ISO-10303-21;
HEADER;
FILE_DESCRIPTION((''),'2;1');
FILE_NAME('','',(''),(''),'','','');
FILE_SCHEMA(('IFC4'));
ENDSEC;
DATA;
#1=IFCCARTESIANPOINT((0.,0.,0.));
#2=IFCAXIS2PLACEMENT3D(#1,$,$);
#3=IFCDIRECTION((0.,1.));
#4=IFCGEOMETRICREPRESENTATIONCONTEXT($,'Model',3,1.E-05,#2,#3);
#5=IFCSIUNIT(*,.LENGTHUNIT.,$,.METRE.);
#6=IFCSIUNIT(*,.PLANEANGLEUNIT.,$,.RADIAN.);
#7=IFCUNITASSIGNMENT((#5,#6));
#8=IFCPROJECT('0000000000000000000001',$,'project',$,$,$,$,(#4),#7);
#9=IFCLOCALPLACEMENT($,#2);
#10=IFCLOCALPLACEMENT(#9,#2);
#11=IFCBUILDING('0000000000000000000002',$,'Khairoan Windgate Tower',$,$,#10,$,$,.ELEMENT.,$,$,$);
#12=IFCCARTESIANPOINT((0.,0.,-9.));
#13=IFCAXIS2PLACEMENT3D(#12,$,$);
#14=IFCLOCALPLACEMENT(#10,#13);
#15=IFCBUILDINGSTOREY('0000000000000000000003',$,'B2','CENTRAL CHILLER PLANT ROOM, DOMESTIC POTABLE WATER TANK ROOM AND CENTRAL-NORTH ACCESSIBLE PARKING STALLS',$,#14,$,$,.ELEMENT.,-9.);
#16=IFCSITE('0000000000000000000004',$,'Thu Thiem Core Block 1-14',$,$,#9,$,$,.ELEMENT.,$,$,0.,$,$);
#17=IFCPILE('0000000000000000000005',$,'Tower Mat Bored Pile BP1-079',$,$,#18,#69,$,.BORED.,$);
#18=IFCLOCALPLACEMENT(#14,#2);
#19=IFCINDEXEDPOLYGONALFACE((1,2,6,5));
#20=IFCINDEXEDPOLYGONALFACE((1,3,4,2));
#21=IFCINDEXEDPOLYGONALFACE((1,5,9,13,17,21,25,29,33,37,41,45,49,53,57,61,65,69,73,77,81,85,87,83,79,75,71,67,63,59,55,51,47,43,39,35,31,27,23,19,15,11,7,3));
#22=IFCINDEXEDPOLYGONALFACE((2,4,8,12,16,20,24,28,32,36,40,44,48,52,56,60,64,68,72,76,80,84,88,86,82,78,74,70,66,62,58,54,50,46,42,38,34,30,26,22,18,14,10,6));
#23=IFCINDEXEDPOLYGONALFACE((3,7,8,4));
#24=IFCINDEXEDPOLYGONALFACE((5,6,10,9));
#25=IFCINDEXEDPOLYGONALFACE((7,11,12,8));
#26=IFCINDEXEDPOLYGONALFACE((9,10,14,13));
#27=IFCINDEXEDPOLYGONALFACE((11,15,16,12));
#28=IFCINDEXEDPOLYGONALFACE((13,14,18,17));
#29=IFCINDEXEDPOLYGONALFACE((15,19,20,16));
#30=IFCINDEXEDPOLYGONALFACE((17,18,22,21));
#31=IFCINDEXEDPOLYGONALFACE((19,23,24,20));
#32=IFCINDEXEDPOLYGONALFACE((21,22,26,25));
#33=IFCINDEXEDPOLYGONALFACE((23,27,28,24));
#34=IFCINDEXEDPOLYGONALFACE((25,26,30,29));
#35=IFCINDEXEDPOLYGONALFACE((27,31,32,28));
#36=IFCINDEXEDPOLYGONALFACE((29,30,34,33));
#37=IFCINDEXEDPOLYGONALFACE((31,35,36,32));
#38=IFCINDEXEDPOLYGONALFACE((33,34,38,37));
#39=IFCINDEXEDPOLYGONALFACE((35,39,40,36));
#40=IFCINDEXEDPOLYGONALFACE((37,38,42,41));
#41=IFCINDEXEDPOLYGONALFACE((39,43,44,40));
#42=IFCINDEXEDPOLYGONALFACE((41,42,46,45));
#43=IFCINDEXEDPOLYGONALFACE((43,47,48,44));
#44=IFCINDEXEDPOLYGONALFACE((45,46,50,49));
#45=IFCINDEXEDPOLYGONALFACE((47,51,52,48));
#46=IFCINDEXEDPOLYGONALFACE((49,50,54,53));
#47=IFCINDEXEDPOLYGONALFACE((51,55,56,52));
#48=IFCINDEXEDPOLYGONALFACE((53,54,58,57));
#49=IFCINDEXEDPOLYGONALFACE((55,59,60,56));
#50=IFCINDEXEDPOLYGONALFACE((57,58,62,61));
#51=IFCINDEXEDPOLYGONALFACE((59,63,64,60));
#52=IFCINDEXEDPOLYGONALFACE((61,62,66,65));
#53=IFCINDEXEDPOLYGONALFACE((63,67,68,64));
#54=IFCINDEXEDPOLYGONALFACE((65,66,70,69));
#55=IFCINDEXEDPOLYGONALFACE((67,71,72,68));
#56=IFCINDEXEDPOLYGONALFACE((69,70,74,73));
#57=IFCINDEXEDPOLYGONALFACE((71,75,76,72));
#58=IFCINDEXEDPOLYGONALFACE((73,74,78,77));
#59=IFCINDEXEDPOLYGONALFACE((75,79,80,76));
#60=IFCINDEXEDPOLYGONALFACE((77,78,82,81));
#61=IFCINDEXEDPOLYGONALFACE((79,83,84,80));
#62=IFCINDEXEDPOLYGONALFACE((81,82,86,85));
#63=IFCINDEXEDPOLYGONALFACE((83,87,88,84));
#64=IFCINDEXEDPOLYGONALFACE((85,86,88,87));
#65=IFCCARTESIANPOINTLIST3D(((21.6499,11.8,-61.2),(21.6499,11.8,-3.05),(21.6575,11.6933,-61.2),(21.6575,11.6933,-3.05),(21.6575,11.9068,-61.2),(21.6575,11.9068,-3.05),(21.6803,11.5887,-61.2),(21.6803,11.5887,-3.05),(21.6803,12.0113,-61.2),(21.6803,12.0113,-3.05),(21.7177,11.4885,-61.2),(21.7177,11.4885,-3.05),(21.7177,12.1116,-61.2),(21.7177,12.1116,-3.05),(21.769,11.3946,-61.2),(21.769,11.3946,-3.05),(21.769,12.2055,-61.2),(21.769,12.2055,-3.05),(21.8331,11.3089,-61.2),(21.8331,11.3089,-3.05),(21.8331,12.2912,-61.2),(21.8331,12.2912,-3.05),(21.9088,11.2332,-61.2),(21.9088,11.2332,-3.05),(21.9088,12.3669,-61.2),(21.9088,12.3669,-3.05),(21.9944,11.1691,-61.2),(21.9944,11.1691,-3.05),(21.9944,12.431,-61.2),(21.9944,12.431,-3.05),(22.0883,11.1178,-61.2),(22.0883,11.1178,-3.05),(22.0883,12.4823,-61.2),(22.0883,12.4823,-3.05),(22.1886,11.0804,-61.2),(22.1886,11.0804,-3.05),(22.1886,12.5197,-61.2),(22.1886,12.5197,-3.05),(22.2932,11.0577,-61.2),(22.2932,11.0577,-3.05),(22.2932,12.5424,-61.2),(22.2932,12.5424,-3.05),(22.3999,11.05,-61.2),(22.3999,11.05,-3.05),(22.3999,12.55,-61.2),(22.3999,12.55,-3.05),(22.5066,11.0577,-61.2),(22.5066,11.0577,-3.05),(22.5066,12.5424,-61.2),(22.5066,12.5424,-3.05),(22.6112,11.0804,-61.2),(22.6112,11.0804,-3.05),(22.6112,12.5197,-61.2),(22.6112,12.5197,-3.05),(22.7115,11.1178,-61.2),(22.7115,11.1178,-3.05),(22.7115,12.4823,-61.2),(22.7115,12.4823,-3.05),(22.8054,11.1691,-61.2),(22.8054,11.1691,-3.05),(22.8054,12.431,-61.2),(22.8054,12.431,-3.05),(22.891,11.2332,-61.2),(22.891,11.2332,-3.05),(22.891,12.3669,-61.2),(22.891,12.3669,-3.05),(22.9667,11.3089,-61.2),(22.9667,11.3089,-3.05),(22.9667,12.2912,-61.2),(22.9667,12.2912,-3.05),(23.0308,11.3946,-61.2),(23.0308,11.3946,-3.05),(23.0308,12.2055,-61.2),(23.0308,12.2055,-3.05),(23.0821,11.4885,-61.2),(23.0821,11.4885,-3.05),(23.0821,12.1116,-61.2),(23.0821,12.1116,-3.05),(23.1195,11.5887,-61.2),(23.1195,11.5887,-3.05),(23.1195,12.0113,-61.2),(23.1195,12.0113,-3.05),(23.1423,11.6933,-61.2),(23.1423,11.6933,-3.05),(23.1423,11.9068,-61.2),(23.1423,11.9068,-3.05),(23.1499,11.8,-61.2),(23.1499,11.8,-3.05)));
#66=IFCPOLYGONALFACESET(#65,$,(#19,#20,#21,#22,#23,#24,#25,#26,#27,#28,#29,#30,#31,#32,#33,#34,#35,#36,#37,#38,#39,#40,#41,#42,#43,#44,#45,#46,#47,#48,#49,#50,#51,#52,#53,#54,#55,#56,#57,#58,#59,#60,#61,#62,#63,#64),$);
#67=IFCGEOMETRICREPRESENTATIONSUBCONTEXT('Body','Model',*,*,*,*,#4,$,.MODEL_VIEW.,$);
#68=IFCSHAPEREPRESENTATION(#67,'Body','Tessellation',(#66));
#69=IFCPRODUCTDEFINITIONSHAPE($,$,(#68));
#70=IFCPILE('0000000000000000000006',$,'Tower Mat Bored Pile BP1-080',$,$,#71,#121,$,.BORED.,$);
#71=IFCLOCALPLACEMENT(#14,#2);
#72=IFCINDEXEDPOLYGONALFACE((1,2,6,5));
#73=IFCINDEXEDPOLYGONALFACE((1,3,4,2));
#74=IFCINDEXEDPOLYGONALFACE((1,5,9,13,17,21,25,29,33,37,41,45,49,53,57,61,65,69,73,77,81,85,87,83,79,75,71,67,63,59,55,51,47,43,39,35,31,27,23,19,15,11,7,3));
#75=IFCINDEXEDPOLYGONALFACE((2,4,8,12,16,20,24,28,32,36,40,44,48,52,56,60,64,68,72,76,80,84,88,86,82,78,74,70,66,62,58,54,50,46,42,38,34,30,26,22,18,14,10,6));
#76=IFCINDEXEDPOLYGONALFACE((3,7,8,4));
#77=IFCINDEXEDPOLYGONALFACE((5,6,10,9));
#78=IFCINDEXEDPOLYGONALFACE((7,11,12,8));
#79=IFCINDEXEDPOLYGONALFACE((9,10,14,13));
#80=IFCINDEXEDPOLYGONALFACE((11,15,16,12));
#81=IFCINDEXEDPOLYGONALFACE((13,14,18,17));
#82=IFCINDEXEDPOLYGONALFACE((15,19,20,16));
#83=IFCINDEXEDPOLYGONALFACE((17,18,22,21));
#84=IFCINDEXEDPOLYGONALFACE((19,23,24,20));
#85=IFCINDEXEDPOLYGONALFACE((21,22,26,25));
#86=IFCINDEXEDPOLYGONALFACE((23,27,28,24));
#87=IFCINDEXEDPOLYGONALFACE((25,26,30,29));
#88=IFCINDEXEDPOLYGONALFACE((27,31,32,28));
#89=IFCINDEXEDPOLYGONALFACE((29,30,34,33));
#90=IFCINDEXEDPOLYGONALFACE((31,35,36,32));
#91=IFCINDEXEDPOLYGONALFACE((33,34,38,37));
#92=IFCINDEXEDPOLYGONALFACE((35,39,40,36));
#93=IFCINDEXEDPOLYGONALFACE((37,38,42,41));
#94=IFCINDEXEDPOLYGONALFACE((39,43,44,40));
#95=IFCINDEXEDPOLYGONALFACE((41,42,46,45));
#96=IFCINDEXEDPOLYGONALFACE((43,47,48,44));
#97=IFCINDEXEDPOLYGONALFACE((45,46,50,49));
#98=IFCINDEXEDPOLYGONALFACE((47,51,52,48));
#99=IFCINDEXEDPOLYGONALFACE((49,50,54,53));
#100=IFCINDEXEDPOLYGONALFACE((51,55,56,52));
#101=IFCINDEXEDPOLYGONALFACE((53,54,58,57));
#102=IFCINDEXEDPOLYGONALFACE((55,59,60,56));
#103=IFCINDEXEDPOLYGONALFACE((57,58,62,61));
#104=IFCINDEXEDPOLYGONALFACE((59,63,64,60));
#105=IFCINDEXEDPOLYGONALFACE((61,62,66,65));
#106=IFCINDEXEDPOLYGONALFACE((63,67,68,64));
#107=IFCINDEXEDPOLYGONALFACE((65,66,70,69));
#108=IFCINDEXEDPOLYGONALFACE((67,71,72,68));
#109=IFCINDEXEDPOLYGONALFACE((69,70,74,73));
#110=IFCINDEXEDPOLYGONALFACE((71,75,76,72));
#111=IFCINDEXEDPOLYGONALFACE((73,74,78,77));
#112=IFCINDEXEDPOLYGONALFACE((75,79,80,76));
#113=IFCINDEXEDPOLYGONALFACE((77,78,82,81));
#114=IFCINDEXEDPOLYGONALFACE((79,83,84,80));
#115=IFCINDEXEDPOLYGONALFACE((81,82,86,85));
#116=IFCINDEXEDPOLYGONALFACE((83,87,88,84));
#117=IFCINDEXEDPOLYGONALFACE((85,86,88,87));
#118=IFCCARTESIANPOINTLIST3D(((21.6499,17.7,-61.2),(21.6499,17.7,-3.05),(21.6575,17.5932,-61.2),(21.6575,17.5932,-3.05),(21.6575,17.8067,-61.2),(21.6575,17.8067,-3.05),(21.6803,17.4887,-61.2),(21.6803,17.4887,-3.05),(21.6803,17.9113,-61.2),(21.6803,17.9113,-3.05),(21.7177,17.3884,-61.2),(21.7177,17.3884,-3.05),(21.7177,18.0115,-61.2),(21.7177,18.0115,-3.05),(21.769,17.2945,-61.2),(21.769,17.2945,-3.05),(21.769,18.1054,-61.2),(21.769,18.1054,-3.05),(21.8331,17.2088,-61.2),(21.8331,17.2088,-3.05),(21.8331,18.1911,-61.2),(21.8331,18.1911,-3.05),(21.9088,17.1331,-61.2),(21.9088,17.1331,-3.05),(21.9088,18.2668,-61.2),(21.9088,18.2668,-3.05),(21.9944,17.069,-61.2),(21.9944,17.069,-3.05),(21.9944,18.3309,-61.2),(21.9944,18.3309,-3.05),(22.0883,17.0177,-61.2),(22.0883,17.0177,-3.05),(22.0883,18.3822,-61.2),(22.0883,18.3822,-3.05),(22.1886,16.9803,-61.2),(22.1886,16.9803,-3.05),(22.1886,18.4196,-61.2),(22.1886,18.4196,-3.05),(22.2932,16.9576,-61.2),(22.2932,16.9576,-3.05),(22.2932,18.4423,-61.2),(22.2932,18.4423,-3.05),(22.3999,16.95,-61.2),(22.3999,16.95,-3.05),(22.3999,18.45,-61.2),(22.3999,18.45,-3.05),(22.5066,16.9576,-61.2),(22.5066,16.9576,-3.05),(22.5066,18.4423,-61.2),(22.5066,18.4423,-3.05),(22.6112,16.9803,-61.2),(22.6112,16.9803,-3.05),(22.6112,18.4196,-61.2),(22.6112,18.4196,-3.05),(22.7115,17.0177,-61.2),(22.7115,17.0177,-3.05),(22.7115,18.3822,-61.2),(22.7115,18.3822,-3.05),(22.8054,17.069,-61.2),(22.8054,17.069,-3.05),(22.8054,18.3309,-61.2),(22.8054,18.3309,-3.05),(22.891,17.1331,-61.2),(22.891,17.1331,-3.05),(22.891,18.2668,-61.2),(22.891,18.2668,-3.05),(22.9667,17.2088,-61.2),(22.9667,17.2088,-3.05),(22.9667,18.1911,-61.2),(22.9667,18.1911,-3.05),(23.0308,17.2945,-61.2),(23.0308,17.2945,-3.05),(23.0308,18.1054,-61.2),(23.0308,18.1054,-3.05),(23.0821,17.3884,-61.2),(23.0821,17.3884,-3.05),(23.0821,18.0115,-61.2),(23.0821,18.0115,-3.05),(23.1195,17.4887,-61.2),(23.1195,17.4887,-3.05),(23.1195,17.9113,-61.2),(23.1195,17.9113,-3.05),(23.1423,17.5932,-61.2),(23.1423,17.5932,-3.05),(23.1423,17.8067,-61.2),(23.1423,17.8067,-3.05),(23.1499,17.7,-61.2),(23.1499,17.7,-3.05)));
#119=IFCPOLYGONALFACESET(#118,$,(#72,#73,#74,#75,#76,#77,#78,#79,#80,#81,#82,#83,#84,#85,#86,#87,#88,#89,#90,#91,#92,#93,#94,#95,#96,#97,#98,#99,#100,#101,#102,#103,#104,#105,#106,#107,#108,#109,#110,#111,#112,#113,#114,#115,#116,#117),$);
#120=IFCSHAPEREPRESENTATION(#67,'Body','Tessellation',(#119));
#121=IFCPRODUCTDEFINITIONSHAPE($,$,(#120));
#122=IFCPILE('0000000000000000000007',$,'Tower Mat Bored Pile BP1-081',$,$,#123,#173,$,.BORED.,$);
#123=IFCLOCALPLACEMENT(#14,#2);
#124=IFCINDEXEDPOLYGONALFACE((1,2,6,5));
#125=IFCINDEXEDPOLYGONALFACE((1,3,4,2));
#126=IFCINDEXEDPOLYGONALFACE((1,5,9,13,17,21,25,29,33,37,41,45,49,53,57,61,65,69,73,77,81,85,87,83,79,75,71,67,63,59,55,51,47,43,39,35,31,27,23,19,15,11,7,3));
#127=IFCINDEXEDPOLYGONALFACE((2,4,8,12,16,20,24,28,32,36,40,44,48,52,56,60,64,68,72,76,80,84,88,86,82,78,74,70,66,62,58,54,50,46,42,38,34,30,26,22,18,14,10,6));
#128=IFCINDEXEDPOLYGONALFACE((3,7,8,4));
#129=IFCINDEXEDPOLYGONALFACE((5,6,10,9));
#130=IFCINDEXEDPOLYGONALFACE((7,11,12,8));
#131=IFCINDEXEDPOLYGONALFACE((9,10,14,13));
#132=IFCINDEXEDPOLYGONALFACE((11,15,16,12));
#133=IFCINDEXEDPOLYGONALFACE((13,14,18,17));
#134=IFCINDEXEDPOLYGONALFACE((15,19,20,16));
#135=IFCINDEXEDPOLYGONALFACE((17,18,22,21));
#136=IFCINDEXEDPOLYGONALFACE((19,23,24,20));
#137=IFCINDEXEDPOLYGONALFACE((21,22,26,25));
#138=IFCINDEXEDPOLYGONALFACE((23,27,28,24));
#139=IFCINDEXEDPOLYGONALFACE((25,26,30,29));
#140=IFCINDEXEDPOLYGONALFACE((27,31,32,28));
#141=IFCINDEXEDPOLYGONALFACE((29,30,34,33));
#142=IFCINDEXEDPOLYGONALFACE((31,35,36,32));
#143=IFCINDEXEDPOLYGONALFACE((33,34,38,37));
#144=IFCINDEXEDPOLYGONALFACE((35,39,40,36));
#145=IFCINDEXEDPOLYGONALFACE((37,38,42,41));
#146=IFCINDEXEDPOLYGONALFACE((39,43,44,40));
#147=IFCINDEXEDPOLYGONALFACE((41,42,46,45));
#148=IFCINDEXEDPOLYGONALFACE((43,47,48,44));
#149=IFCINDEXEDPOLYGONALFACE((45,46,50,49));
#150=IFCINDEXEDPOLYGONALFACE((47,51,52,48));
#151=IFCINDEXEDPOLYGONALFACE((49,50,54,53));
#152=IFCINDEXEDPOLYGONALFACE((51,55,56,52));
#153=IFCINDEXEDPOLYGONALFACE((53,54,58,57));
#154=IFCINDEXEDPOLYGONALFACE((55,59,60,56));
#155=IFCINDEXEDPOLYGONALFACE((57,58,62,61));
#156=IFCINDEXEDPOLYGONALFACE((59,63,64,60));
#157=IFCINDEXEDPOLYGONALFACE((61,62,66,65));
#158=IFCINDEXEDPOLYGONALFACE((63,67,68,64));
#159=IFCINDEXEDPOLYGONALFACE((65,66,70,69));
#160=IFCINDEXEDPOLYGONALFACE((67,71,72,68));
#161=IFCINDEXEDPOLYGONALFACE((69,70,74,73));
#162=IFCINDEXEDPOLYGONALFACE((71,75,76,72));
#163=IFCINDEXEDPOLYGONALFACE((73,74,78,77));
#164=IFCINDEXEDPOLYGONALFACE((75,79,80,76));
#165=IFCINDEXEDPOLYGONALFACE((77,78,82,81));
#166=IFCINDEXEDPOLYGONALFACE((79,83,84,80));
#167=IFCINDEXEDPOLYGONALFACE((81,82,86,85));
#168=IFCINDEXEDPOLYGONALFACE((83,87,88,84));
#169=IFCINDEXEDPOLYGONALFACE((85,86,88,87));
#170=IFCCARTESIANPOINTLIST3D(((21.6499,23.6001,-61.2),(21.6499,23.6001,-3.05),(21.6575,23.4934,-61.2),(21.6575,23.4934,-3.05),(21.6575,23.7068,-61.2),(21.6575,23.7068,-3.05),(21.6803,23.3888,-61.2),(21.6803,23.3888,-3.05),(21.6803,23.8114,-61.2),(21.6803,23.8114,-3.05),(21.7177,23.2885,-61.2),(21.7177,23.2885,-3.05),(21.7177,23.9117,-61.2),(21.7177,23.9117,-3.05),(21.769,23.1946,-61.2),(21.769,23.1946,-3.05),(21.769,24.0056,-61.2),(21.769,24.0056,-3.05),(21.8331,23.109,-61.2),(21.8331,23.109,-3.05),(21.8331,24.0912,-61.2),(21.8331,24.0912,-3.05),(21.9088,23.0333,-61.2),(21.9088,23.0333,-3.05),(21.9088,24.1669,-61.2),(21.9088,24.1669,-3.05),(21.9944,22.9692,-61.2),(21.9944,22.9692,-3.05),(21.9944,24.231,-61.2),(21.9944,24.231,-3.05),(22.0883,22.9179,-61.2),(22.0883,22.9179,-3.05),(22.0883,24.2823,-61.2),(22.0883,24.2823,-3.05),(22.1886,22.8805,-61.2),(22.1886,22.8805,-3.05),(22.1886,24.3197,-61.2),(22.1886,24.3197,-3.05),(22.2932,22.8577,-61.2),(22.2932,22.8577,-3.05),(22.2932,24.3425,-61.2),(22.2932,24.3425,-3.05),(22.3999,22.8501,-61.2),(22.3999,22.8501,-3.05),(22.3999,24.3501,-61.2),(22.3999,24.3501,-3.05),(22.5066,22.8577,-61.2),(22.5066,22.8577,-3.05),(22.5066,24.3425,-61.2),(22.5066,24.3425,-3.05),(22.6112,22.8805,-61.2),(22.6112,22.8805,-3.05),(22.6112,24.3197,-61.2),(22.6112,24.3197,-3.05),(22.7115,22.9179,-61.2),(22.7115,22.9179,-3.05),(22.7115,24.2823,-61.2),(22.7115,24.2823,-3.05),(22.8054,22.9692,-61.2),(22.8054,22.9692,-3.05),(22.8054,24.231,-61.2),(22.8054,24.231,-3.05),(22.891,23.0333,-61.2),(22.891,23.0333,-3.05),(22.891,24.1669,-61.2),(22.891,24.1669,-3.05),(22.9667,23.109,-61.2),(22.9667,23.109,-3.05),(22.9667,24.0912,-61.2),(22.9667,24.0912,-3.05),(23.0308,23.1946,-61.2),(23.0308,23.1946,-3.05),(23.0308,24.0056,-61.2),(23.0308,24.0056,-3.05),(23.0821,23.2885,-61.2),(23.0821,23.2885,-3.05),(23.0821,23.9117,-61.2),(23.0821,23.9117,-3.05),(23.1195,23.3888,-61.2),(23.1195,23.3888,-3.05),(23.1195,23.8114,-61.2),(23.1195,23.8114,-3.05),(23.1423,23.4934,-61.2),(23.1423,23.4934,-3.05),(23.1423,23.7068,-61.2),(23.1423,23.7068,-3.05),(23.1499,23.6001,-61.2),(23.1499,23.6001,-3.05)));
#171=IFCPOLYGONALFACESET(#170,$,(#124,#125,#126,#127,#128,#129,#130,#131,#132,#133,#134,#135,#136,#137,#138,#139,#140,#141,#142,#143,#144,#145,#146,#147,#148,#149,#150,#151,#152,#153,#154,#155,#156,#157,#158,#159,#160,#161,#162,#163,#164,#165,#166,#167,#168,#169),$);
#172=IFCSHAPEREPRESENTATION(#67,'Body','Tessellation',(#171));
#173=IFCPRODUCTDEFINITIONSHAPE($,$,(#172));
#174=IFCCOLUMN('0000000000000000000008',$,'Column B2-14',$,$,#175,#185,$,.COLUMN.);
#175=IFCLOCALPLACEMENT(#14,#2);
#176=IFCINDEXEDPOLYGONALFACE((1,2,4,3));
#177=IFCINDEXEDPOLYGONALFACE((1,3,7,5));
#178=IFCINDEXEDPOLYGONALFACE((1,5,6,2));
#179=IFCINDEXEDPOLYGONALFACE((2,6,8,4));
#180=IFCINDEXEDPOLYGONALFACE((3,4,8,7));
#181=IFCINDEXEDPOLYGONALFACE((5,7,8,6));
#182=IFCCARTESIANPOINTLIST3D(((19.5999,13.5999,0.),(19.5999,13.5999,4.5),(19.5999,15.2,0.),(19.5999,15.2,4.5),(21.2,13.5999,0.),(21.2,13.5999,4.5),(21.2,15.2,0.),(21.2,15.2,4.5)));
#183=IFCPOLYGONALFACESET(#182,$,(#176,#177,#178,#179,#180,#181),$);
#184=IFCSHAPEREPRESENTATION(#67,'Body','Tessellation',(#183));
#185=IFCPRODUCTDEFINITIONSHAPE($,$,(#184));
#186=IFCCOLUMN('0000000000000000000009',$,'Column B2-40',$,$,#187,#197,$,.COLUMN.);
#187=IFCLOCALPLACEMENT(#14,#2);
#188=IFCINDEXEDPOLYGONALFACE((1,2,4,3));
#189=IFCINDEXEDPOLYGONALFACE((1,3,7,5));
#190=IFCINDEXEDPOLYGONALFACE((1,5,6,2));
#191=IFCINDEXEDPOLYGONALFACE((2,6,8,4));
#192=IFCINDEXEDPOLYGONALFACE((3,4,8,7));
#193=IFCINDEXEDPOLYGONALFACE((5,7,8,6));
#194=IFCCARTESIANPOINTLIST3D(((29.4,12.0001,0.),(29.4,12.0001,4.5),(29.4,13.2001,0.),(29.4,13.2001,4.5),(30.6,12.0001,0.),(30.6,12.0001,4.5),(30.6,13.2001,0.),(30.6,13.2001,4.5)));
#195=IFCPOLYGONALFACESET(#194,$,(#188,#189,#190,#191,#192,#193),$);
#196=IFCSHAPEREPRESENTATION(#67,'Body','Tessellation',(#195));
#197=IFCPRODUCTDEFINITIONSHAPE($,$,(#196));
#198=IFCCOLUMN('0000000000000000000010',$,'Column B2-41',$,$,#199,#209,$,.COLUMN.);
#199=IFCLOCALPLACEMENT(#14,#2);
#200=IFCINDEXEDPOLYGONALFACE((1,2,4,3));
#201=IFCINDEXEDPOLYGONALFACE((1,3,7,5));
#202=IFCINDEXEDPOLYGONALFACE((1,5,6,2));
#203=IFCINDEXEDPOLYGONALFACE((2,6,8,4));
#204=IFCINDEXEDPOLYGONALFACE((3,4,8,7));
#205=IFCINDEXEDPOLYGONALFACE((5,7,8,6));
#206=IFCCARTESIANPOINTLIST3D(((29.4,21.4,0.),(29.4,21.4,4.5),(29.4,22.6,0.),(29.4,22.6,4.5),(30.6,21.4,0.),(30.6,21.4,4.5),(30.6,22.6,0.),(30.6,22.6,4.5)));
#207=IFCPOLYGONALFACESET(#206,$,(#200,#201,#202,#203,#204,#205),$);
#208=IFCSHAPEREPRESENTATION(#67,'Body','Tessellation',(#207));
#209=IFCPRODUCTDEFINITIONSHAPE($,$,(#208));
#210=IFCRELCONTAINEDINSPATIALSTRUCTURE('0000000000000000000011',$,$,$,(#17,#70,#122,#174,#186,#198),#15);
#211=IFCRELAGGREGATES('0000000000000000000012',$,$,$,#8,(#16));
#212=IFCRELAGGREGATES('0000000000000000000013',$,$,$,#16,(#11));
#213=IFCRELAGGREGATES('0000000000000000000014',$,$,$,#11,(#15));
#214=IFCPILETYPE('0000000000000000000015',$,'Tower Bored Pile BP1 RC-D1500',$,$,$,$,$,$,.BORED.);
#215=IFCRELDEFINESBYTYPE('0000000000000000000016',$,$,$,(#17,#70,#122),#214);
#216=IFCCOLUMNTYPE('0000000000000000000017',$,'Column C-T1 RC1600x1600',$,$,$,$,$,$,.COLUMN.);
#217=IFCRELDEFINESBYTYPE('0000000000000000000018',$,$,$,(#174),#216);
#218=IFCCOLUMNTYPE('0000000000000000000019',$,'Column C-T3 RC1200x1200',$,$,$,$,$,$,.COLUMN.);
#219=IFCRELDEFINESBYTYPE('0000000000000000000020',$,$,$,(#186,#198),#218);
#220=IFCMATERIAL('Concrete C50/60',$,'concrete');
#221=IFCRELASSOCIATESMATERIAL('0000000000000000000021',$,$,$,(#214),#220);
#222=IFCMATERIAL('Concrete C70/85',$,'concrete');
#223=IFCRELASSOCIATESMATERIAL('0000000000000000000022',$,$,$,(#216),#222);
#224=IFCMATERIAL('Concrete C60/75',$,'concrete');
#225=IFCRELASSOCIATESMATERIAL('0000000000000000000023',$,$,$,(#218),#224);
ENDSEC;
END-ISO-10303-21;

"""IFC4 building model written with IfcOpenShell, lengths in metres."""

from ifc_helpers import new_model, si_unit, direction, frame, origin, origin_2d, place, context, subcontext, project, spatial, rectangle, circle, extrude, material, material_profile, profile_set, type_object, element, save


model = new_model("IFC4")

# Units and contexts
model_context = context("Model", 3, precision=1e-05, world=origin(), true_north=direction((0.0, 1.0)))
body_context = subcontext(model_context, "Body", "Model", "MODEL_VIEW")
ifc_project = project(units=[si_unit("LENGTHUNIT", "METRE"), si_unit("PLANEANGLEUNIT", "RADIAN")], contexts=[model_context])

# Site, building, storey
site_placement = place(None, origin())
site = spatial("IfcSite", under=ifc_project, at=site_placement, Name="Thu Thiem Core Block 1-14", CompositionType="ELEMENT", RefElevation=0.0)
building_placement = place(site_placement, origin())
building = spatial("IfcBuilding", under=site, at=building_placement, Name="Khairoan Windgate Tower", CompositionType="ELEMENT")
storey_placement = place(building_placement, frame((0.0, 0.0, -9.0)))
storey = spatial("IfcBuildingStorey", under=building, at=storey_placement, Name="B2", Description="CENTRAL CHILLER PLANT ROOM, DOMESTIC POTABLE WATER TANK ROOM AND CENTRAL-NORTH ACCESSIBLE PARKING STALLS", CompositionType="ELEMENT", Elevation=-9.0)

# Piles
ifc_material_1 = material(Name="Concrete C50/60", Category="concrete")
ifc_material_profile_1 = material_profile(ifc_material_1, circle(Radius=0.75, at=origin_2d()))
ifc_profile_set_1 = profile_set([ifc_material_profile_1], Name="Concrete C50/60")
pile_type_1 = type_object("IfcPileType", Name="Tower Bored Pile BP1 RC-D1500", PredefinedType="BORED", material=ifc_profile_set_1)
for number, where, z_axis, x_axis, name in (
    (1, (22.3999, 11.8, -3.05), (0.0, 0.0, -1.0), (1.0, 0.0, 0.0), "Tower Mat Bored Pile BP1-079"),
    (2, (22.3999, 17.7, -3.05), (0.0, 0.0, -1.0), (1.0, 0.0, 0.0), "Tower Mat Bored Pile BP1-080"),
    (3, (22.3999, 23.6001, -3.05), (0.0, 0.0, -1.0), (1.0, 0.0, 0.0), "Tower Mat Bored Pile BP1-081"),
):
    element("IfcPile", number, at=place(storey_placement, frame(where, z_axis=z_axis, x_axis=x_axis)), inside=storey, type_object=pile_type_1, Name=name, PredefinedType="BORED", context=body_context, shape_type="SweptSolid", body=[
        extrude(circle(Radius=0.75, at=origin_2d()), origin(), (0.0, 0.0, 1.0), 58.1499),
    ])

# Columns
ifc_material_2 = material(Name="Concrete C70/85", Category="concrete")
ifc_material_profile_2 = material_profile(ifc_material_2, rectangle(XDim=1.6001, YDim=1.6001, at=origin_2d()))
ifc_profile_set_2 = profile_set([ifc_material_profile_2], Name="Concrete C70/85")
column_type_1 = type_object("IfcColumnType", Name="Column C-T1 RC1600x1600", PredefinedType="COLUMN", material=ifc_profile_set_2)
column_placement = place(storey_placement, frame((20.3999, 14.3999, 0.0), z_axis=(0.0, 0.0, 1.0), x_axis=(1.0, 0.0, 0.0)))
element("IfcColumn", 4, at=column_placement, inside=storey, type_object=column_type_1, Name="Column B2-14", PredefinedType="COLUMN", context=body_context, shape_type="SweptSolid", body=[
    extrude(rectangle(XDim=1.6001, YDim=1.6001, at=origin_2d()), origin(), (0.0, 0.0, 1.0), 4.5),
])
ifc_material_3 = material(Name="Concrete C60/75", Category="concrete")
ifc_material_profile_3 = material_profile(ifc_material_3, rectangle(XDim=1.2, YDim=1.2, at=origin_2d()))
ifc_profile_set_3 = profile_set([ifc_material_profile_3], Name="Concrete C60/75")
column_type_2 = type_object("IfcColumnType", Name="Column C-T3 RC1200x1200", PredefinedType="COLUMN", material=ifc_profile_set_3)
for number, where, z_axis, x_axis, name in (
    (5, (30.0, 12.6001, 0.0), (0.0, 0.0, 1.0), (1.0, 0.0, 0.0), "Column B2-40"),
    (6, (30.0, 22.0, 0.0), (0.0, 0.0, 1.0), (1.0, 0.0, 0.0), "Column B2-41"),
):
    element("IfcColumn", number, at=place(storey_placement, frame(where, z_axis=z_axis, x_axis=x_axis)), inside=storey, type_object=column_type_2, Name=name, PredefinedType="COLUMN", context=body_context, shape_type="SweptSolid", body=[
        extrude(rectangle(XDim=1.2, YDim=1.2, at=origin_2d()), origin(), (0.0, 0.0, 1.0), 4.5),
    ])

save(model, "model.ifc")
